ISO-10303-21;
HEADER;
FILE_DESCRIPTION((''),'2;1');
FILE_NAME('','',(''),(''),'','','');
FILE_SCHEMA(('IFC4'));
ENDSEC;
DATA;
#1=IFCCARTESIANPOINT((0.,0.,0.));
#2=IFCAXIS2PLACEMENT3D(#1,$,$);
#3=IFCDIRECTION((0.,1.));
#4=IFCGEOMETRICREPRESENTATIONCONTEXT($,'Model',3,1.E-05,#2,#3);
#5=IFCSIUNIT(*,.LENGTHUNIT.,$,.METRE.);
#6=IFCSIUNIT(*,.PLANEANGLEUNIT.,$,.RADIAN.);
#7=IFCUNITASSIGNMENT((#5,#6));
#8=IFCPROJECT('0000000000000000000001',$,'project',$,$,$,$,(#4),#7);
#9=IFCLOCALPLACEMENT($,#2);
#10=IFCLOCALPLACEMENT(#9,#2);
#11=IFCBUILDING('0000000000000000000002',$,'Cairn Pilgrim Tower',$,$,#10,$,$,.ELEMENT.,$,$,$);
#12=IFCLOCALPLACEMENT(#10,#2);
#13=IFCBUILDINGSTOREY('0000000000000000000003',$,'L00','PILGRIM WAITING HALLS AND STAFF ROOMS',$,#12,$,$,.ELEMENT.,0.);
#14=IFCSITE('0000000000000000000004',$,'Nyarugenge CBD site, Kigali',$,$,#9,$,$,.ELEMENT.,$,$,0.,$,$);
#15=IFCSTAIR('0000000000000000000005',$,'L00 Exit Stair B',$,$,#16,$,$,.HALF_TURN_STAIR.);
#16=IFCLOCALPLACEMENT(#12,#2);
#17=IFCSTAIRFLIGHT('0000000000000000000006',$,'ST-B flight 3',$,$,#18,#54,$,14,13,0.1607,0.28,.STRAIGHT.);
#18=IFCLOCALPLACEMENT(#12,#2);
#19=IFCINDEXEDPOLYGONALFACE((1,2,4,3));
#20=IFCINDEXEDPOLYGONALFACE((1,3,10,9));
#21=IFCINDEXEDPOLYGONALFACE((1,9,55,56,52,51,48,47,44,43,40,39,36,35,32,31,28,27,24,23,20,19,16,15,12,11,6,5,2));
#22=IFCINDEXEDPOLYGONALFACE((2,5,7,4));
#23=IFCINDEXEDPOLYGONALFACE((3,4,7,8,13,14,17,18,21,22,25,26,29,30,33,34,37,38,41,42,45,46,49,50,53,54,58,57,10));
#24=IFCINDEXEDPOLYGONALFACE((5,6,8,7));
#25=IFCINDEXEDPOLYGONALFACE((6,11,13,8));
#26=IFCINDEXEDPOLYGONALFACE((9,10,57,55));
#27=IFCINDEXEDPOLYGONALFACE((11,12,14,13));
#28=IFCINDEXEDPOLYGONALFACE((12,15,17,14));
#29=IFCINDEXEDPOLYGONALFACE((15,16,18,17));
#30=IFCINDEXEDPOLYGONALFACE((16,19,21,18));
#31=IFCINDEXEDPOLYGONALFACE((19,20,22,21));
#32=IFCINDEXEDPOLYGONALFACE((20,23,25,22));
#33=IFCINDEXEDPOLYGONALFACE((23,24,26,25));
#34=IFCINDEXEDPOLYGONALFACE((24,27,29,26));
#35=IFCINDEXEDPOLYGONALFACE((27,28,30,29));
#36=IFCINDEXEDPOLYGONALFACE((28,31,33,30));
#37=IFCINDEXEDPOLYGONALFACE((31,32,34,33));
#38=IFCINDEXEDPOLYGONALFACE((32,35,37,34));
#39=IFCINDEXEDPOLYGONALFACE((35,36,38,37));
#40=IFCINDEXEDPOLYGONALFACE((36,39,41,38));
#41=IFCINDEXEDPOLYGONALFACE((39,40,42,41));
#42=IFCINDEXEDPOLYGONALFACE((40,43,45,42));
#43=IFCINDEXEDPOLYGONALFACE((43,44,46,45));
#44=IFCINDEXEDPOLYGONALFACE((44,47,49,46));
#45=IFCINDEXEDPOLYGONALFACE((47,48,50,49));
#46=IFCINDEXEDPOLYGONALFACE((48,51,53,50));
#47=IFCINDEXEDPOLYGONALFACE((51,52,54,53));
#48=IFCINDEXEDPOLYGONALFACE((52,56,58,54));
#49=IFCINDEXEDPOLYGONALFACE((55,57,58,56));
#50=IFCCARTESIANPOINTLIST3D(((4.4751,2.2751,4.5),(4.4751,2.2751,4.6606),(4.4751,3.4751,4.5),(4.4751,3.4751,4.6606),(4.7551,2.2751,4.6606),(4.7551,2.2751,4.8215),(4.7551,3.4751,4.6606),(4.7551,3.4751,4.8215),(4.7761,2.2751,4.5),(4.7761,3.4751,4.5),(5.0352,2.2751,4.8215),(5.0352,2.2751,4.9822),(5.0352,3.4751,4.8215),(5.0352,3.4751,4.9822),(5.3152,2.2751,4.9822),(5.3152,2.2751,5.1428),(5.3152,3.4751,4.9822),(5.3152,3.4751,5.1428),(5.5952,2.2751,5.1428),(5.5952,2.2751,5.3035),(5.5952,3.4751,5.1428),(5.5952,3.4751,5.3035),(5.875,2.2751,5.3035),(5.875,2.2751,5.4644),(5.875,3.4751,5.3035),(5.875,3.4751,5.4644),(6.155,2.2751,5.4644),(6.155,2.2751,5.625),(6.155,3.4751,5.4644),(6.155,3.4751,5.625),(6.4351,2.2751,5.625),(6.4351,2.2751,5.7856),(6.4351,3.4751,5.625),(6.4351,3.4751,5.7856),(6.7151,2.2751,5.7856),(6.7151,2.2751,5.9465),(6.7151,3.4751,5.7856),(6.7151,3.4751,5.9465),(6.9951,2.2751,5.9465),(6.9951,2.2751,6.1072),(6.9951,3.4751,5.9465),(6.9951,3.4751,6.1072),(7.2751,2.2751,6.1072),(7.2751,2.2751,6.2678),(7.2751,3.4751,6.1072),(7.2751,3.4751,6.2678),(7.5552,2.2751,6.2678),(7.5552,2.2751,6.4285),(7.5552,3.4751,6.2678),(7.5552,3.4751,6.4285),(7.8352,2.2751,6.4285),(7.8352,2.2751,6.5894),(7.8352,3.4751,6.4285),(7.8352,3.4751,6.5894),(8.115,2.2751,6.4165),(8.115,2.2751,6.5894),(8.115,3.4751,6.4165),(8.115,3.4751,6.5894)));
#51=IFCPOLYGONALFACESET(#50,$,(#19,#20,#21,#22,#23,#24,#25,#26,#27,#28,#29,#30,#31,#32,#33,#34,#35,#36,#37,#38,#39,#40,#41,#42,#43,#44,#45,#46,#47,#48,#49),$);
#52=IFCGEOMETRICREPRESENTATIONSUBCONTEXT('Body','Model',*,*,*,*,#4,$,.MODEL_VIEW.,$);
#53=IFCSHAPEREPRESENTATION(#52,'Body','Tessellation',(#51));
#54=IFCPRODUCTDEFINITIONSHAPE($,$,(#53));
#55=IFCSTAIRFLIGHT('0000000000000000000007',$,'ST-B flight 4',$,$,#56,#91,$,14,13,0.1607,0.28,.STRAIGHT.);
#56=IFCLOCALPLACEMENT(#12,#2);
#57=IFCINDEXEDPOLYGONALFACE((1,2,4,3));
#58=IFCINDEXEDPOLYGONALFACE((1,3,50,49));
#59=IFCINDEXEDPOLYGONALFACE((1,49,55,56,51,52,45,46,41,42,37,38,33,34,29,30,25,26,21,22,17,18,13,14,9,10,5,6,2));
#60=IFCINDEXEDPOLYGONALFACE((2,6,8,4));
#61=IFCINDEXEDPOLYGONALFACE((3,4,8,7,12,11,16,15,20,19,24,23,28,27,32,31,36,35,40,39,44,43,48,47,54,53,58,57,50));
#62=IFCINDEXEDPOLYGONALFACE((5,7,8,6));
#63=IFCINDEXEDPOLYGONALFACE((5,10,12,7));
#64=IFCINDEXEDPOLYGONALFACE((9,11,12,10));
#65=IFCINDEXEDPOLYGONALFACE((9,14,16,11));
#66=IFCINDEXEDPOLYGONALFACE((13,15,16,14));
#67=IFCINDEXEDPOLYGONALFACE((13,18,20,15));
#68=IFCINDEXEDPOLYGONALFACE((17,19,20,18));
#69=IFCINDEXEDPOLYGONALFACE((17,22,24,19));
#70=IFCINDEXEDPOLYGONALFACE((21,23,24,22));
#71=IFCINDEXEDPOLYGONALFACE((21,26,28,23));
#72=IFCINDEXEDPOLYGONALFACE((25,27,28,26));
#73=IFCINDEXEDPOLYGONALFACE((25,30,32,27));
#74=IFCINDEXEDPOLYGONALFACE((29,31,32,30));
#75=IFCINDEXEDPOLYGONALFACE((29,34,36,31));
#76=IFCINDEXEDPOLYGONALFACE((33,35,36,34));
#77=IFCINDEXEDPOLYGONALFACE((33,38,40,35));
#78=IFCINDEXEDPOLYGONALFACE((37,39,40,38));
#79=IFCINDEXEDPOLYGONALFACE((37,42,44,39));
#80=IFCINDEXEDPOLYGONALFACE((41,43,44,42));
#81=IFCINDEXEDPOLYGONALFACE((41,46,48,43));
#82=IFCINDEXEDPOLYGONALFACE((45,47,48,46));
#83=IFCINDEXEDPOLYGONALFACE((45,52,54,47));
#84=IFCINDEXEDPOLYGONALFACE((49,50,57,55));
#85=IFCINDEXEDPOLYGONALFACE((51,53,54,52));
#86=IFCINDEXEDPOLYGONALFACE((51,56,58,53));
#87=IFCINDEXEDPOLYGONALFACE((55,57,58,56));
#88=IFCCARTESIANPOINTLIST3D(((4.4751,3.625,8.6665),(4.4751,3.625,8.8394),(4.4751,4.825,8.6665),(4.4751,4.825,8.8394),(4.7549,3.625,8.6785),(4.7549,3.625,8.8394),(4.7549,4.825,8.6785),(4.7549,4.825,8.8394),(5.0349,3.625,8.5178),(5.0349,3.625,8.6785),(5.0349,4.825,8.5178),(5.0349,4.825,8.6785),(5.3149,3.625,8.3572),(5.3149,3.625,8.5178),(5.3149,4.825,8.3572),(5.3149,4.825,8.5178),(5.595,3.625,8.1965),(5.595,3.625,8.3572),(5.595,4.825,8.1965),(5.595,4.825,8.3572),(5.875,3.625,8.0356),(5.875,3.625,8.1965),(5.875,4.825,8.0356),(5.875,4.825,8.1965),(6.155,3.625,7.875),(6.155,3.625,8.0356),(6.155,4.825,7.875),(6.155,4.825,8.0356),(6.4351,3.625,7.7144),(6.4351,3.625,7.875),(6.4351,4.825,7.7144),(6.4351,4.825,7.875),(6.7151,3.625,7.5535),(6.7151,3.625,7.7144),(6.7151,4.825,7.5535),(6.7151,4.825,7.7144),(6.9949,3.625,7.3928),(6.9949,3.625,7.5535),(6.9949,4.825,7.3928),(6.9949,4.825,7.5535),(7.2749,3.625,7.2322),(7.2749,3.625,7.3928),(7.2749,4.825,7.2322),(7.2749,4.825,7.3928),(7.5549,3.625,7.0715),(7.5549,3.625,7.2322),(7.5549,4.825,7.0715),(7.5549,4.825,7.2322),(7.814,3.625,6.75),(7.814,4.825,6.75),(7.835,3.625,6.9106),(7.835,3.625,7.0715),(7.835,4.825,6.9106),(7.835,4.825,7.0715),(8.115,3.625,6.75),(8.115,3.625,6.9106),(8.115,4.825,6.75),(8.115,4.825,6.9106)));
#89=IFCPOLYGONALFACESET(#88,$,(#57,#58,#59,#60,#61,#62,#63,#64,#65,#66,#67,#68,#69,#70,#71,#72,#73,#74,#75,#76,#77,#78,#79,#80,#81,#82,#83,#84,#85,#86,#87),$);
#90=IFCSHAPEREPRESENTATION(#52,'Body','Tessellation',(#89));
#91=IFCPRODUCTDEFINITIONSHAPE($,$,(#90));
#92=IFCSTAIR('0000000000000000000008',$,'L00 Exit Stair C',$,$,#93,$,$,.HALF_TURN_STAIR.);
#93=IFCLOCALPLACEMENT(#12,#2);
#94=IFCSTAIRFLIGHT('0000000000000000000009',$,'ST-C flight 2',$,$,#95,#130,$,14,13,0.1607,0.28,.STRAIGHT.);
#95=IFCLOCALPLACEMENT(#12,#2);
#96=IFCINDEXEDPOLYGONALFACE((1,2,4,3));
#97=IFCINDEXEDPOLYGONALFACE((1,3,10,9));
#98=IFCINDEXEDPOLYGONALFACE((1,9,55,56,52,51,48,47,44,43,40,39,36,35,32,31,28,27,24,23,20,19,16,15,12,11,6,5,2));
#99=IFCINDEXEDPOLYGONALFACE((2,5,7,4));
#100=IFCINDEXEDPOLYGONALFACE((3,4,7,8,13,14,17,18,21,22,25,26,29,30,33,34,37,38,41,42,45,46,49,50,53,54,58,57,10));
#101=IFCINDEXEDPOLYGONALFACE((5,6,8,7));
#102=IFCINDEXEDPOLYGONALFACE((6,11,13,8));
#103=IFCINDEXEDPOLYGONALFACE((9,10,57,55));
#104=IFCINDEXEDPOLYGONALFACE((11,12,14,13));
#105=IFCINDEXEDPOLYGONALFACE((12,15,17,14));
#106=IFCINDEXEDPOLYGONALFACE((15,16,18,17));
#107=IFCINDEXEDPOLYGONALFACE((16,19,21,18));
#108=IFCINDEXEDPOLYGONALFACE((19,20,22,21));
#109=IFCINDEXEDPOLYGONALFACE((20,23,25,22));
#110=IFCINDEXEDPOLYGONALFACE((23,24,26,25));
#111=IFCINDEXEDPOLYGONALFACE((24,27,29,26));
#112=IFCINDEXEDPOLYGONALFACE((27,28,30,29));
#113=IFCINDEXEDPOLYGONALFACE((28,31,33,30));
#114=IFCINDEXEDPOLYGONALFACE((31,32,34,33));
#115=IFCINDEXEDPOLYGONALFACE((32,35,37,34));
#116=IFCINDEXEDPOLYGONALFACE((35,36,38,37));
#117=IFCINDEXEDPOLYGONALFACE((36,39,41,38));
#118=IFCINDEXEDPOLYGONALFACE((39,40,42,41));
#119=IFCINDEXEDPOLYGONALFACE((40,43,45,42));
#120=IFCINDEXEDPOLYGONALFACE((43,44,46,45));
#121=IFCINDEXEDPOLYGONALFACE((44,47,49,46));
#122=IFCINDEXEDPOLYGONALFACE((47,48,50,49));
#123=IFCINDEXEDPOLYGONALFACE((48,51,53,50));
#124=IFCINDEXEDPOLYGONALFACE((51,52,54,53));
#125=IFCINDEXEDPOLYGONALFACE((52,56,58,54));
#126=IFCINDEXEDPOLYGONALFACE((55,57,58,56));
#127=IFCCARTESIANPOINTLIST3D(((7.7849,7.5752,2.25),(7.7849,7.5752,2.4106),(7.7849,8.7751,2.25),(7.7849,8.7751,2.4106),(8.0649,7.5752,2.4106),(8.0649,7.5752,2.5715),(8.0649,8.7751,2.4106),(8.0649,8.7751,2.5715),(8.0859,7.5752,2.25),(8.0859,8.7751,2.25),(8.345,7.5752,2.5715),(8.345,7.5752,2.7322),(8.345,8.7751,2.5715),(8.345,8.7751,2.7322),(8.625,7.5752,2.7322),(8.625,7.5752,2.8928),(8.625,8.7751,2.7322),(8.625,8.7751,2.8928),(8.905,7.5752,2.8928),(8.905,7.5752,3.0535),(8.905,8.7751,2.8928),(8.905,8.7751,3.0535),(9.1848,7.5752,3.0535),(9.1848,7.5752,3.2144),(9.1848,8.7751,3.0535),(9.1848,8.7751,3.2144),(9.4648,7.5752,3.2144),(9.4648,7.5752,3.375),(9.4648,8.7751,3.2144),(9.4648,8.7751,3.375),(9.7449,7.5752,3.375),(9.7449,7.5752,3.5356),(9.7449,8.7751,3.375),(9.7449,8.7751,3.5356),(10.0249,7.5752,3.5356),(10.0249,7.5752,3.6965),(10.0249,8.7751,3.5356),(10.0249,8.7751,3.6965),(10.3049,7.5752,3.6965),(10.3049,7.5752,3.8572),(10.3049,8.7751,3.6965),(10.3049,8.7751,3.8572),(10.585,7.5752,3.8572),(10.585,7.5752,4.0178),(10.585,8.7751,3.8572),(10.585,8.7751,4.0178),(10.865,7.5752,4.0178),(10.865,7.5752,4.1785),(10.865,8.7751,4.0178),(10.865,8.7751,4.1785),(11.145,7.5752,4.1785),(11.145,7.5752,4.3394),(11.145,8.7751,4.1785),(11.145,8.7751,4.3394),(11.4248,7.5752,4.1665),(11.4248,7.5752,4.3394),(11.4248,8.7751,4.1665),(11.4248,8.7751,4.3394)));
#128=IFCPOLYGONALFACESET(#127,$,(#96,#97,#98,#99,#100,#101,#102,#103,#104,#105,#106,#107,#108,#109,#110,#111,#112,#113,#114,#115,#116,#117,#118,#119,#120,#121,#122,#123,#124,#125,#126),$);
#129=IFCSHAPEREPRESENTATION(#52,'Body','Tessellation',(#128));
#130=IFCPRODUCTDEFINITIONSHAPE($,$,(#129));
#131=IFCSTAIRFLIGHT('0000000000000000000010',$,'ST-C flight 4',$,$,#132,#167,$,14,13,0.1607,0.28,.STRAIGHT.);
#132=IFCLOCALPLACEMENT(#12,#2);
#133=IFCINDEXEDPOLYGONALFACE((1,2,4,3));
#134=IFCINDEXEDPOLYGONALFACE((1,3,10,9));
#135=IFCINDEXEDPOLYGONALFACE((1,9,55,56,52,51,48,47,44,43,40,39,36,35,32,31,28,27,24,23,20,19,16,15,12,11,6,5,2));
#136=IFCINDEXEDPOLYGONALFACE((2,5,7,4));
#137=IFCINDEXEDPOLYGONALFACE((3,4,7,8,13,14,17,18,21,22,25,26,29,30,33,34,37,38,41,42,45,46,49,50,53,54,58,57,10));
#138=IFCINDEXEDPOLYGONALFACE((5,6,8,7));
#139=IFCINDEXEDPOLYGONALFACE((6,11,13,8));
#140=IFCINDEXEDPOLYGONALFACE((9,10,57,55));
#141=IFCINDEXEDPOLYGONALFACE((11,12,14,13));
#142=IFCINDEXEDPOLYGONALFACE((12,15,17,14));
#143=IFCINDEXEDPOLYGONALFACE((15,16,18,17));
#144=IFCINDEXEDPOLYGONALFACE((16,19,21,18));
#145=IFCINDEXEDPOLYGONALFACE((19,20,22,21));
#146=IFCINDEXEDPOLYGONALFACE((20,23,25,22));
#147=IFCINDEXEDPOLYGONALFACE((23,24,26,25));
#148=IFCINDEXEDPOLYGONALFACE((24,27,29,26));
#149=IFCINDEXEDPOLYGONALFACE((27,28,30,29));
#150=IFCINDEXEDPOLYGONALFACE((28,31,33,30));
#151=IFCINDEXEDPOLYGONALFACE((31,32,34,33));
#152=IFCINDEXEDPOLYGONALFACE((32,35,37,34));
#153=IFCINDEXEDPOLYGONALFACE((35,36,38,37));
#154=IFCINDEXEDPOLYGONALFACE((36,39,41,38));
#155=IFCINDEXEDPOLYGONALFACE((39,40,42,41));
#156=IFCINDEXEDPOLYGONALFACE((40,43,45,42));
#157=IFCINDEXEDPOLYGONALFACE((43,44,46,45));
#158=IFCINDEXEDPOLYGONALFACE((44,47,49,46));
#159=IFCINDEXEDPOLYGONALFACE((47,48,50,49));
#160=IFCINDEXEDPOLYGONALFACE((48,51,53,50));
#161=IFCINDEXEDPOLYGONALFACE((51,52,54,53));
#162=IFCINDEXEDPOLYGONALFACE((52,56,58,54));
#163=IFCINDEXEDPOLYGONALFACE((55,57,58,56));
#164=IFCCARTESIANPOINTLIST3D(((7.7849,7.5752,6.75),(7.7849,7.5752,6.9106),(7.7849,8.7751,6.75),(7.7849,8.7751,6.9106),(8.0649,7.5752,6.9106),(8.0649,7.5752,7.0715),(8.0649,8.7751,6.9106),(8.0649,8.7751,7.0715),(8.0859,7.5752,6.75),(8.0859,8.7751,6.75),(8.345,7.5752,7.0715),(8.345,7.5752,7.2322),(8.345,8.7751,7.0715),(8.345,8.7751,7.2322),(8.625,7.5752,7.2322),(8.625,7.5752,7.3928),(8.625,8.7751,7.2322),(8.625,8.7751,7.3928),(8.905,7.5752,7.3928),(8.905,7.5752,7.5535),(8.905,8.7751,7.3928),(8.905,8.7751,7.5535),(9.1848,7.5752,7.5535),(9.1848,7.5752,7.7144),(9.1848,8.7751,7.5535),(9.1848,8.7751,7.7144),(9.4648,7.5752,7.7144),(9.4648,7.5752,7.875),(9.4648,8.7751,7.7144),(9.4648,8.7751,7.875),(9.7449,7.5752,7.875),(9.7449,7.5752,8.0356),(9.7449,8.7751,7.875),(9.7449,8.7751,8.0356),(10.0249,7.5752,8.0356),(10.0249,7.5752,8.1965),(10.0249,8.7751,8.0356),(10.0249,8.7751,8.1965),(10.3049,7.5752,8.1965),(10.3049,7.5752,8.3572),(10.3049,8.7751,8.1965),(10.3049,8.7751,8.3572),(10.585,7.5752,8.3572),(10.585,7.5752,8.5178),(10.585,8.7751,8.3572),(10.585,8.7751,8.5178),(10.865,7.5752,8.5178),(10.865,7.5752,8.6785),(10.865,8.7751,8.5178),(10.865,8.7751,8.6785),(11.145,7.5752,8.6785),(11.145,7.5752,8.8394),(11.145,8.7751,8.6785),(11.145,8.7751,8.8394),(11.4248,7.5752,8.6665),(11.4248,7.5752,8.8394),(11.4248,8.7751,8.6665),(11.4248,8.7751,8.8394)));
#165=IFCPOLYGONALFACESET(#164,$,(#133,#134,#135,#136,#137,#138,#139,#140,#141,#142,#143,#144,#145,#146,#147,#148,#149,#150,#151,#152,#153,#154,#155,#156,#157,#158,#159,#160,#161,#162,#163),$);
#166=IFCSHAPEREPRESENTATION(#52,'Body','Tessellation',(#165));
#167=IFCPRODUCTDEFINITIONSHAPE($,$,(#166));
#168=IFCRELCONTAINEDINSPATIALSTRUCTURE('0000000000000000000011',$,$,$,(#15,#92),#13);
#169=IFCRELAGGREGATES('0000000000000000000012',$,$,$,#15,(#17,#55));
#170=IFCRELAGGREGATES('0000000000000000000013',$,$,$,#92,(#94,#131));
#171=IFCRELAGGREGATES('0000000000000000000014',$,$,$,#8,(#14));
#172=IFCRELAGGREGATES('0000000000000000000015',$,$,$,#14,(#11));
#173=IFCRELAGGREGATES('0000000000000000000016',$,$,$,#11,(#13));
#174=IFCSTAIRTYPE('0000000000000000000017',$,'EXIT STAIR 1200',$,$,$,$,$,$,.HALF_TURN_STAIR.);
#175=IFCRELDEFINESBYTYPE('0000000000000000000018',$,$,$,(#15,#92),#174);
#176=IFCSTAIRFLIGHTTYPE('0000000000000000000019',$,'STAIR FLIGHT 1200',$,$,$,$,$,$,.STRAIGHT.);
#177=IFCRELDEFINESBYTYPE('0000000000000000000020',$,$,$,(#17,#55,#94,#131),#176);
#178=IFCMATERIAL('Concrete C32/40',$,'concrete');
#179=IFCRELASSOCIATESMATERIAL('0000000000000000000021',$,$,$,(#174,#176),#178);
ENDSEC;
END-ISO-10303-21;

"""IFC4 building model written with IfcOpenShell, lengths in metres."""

from ifc_helpers import new_model, si_unit, direction, frame, origin, place, context, subcontext, project, spatial, polyline, outline, extrude, material, type_object, element, aggregate, save


model = new_model("IFC4")

# Units and contexts
model_context = context("Model", 3, precision=1e-05, world=origin(), true_north=direction((0.0, 1.0)))
body_context = subcontext(model_context, "Body", "Model", "MODEL_VIEW")
ifc_project = project(units=[si_unit("LENGTHUNIT", "METRE"), si_unit("PLANEANGLEUNIT", "RADIAN")], contexts=[model_context])

# Site, building, storey
site_placement = place(None, origin())
site = spatial("IfcSite", under=ifc_project, at=site_placement, Name="Nyarugenge CBD site, Kigali", CompositionType="ELEMENT", RefElevation=0.0)
building_placement = place(site_placement, origin())
building = spatial("IfcBuilding", under=site, at=building_placement, Name="Cairn Pilgrim Tower", CompositionType="ELEMENT")
storey_placement = place(building_placement, origin())
storey = spatial("IfcBuildingStorey", under=building, at=storey_placement, Name="L00", Description="PILGRIM WAITING HALLS AND STAFF ROOMS", CompositionType="ELEMENT", Elevation=0.0)

# Shared definitions
ifc_material_1 = material(Name="Concrete C32/40", Category="concrete")

# Stairs, stair flights
stair_type = type_object("IfcStairType", Name="EXIT STAIR 1200", PredefinedType="HALF_TURN_STAIR", material=ifc_material_1)
stair_1_placement = place(storey_placement, origin())
stair_1 = element("IfcStair", 1, at=stair_1_placement, inside=storey, type_object=stair_type, Name="L00 Exit Stair B", PredefinedType="HALF_TURN_STAIR")
stair_flight_type = type_object("IfcStairFlightType", Name="STAIR FLIGHT 1200", PredefinedType="STRAIGHT", material=ifc_material_1)
stair_flight_1_placement = place(storey_placement, frame((4.4751, 2.875, 4.5), z_axis=(0.0, 0.0, 1.0), x_axis=(1.0, 0.0, 0.0)))
stair_flight_1 = element("IfcStairFlight", 2, at=stair_flight_1_placement, type_object=stair_flight_type, Name="ST-B flight 3", NumberOfRisers=14, NumberOfTreads=13, PredefinedType="STRAIGHT", RiserHeight=0.1607, TreadLength=0.28, context=body_context, shape_type="SweptSolid", body=[
    extrude(outline(polyline([(0.0, 0.0), (0.0, 0.1606), (0.28, 0.1606), (0.28, 0.3215), (0.5601, 0.3215), (0.5601, 0.4822), (0.8401, 0.4822), (0.8401, 0.6428), (1.1201, 0.6428), (1.1201, 0.8035), (1.3999, 0.8035), (1.3999, 0.9644), (1.6799, 0.9644), (1.6799, 1.125), (1.96, 1.125), (1.96, 1.2856), (2.24, 1.2856), (2.24, 1.4465), (2.52, 1.4465), (2.52, 1.6072), (2.8, 1.6072), (2.8, 1.7678), (3.0801, 1.7678), (3.0801, 1.9285), (3.3601, 1.9285), (3.3601, 2.0894), (3.6399, 2.0894), (3.6399, 2.25), (3.6399, 1.9165), (0.301, 0.0), (0.0, 0.0)])), frame((0.0, 0.6001, 0.0), z_axis=(0.0, -1.0, 0.0), x_axis=(1.0, 0.0, 0.0)), (0.0, 0.0, 1.0), 1.2),
])
stair_flight_2_placement = place(storey_placement, frame((8.115, 4.2251, 6.75), z_axis=(0.0, 0.0, 1.0), x_axis=(-1.0, 0.0, 0.0)))
stair_flight_2 = element("IfcStairFlight", 3, at=stair_flight_2_placement, type_object=stair_flight_type, Name="ST-B flight 4", NumberOfRisers=14, NumberOfTreads=13, PredefinedType="STRAIGHT", RiserHeight=0.1607, TreadLength=0.28, context=body_context, shape_type="SweptSolid", body=[
    extrude(outline(polyline([(0.0, 0.0), (0.0, 0.1606), (0.28, 0.1606), (0.28, 0.3215), (0.5601, 0.3215), (0.5601, 0.4822), (0.8401, 0.4822), (0.8401, 0.6428), (1.1201, 0.6428), (1.1201, 0.8035), (1.3999, 0.8035), (1.3999, 0.9644), (1.6799, 0.9644), (1.6799, 1.125), (1.96, 1.125), (1.96, 1.2856), (2.24, 1.2856), (2.24, 1.4465), (2.52, 1.4465), (2.52, 1.6072), (2.8, 1.6072), (2.8, 1.7678), (3.0801, 1.7678), (3.0801, 1.9285), (3.3601, 1.9285), (3.3601, 2.0894), (3.6399, 2.0894), (3.6399, 2.25), (3.6399, 1.9165), (0.301, 0.0), (0.0, 0.0)])), frame((0.0, 0.6001, 0.0), z_axis=(0.0, -1.0, 0.0), x_axis=(1.0, 0.0, 0.0)), (0.0, 0.0, 1.0), 1.2),
])
aggregate(stair_1, [stair_flight_1, stair_flight_2])
stair_2_placement = place(storey_placement, origin())
stair_2 = element("IfcStair", 4, at=stair_2_placement, inside=storey, type_object=stair_type, Name="L00 Exit Stair C", PredefinedType="HALF_TURN_STAIR")
stair_flight_3_placement = place(storey_placement, frame((7.7849, 8.175, 2.25), z_axis=(0.0, 0.0, 1.0), x_axis=(1.0, 0.0, 0.0)))
stair_flight_3 = element("IfcStairFlight", 5, at=stair_flight_3_placement, type_object=stair_flight_type, Name="ST-C flight 2", NumberOfRisers=14, NumberOfTreads=13, PredefinedType="STRAIGHT", RiserHeight=0.1607, TreadLength=0.28, context=body_context, shape_type="SweptSolid", body=[
    extrude(outline(polyline([(0.0, 0.0), (0.0, 0.1606), (0.28, 0.1606), (0.28, 0.3215), (0.5601, 0.3215), (0.5601, 0.4822), (0.8401, 0.4822), (0.8401, 0.6428), (1.1201, 0.6428), (1.1201, 0.8035), (1.3999, 0.8035), (1.3999, 0.9644), (1.6799, 0.9644), (1.6799, 1.125), (1.96, 1.125), (1.96, 1.2856), (2.24, 1.2856), (2.24, 1.4465), (2.52, 1.4465), (2.52, 1.6072), (2.8, 1.6072), (2.8, 1.7678), (3.0801, 1.7678), (3.0801, 1.9285), (3.3601, 1.9285), (3.3601, 2.0894), (3.6399, 2.0894), (3.6399, 2.25), (3.6399, 1.9165), (0.301, 0.0), (0.0, 0.0)])), frame((0.0, 0.6001, 0.0), z_axis=(0.0, -1.0, 0.0), x_axis=(1.0, 0.0, 0.0)), (0.0, 0.0, 1.0), 1.2),
])
stair_flight_4_placement = place(storey_placement, frame((7.7849, 8.175, 6.75), z_axis=(0.0, 0.0, 1.0), x_axis=(1.0, 0.0, 0.0)))
stair_flight_4 = element("IfcStairFlight", 6, at=stair_flight_4_placement, type_object=stair_flight_type, Name="ST-C flight 4", NumberOfRisers=14, NumberOfTreads=13, PredefinedType="STRAIGHT", RiserHeight=0.1607, TreadLength=0.28, context=body_context, shape_type="SweptSolid", body=[
    extrude(outline(polyline([(0.0, 0.0), (0.0, 0.1606), (0.28, 0.1606), (0.28, 0.3215), (0.5601, 0.3215), (0.5601, 0.4822), (0.8401, 0.4822), (0.8401, 0.6428), (1.1201, 0.6428), (1.1201, 0.8035), (1.3999, 0.8035), (1.3999, 0.9644), (1.6799, 0.9644), (1.6799, 1.125), (1.96, 1.125), (1.96, 1.2856), (2.24, 1.2856), (2.24, 1.4465), (2.52, 1.4465), (2.52, 1.6072), (2.8, 1.6072), (2.8, 1.7678), (3.0801, 1.7678), (3.0801, 1.9285), (3.3601, 1.9285), (3.3601, 2.0894), (3.6399, 2.0894), (3.6399, 2.25), (3.6399, 1.9165), (0.301, 0.0), (0.0, 0.0)])), frame((0.0, 0.6001, 0.0), z_axis=(0.0, -1.0, 0.0), x_axis=(1.0, 0.0, 0.0)), (0.0, 0.0, 1.0), 1.2),
])
aggregate(stair_2, [stair_flight_3, stair_flight_4])

save(model, "model.ifc")
